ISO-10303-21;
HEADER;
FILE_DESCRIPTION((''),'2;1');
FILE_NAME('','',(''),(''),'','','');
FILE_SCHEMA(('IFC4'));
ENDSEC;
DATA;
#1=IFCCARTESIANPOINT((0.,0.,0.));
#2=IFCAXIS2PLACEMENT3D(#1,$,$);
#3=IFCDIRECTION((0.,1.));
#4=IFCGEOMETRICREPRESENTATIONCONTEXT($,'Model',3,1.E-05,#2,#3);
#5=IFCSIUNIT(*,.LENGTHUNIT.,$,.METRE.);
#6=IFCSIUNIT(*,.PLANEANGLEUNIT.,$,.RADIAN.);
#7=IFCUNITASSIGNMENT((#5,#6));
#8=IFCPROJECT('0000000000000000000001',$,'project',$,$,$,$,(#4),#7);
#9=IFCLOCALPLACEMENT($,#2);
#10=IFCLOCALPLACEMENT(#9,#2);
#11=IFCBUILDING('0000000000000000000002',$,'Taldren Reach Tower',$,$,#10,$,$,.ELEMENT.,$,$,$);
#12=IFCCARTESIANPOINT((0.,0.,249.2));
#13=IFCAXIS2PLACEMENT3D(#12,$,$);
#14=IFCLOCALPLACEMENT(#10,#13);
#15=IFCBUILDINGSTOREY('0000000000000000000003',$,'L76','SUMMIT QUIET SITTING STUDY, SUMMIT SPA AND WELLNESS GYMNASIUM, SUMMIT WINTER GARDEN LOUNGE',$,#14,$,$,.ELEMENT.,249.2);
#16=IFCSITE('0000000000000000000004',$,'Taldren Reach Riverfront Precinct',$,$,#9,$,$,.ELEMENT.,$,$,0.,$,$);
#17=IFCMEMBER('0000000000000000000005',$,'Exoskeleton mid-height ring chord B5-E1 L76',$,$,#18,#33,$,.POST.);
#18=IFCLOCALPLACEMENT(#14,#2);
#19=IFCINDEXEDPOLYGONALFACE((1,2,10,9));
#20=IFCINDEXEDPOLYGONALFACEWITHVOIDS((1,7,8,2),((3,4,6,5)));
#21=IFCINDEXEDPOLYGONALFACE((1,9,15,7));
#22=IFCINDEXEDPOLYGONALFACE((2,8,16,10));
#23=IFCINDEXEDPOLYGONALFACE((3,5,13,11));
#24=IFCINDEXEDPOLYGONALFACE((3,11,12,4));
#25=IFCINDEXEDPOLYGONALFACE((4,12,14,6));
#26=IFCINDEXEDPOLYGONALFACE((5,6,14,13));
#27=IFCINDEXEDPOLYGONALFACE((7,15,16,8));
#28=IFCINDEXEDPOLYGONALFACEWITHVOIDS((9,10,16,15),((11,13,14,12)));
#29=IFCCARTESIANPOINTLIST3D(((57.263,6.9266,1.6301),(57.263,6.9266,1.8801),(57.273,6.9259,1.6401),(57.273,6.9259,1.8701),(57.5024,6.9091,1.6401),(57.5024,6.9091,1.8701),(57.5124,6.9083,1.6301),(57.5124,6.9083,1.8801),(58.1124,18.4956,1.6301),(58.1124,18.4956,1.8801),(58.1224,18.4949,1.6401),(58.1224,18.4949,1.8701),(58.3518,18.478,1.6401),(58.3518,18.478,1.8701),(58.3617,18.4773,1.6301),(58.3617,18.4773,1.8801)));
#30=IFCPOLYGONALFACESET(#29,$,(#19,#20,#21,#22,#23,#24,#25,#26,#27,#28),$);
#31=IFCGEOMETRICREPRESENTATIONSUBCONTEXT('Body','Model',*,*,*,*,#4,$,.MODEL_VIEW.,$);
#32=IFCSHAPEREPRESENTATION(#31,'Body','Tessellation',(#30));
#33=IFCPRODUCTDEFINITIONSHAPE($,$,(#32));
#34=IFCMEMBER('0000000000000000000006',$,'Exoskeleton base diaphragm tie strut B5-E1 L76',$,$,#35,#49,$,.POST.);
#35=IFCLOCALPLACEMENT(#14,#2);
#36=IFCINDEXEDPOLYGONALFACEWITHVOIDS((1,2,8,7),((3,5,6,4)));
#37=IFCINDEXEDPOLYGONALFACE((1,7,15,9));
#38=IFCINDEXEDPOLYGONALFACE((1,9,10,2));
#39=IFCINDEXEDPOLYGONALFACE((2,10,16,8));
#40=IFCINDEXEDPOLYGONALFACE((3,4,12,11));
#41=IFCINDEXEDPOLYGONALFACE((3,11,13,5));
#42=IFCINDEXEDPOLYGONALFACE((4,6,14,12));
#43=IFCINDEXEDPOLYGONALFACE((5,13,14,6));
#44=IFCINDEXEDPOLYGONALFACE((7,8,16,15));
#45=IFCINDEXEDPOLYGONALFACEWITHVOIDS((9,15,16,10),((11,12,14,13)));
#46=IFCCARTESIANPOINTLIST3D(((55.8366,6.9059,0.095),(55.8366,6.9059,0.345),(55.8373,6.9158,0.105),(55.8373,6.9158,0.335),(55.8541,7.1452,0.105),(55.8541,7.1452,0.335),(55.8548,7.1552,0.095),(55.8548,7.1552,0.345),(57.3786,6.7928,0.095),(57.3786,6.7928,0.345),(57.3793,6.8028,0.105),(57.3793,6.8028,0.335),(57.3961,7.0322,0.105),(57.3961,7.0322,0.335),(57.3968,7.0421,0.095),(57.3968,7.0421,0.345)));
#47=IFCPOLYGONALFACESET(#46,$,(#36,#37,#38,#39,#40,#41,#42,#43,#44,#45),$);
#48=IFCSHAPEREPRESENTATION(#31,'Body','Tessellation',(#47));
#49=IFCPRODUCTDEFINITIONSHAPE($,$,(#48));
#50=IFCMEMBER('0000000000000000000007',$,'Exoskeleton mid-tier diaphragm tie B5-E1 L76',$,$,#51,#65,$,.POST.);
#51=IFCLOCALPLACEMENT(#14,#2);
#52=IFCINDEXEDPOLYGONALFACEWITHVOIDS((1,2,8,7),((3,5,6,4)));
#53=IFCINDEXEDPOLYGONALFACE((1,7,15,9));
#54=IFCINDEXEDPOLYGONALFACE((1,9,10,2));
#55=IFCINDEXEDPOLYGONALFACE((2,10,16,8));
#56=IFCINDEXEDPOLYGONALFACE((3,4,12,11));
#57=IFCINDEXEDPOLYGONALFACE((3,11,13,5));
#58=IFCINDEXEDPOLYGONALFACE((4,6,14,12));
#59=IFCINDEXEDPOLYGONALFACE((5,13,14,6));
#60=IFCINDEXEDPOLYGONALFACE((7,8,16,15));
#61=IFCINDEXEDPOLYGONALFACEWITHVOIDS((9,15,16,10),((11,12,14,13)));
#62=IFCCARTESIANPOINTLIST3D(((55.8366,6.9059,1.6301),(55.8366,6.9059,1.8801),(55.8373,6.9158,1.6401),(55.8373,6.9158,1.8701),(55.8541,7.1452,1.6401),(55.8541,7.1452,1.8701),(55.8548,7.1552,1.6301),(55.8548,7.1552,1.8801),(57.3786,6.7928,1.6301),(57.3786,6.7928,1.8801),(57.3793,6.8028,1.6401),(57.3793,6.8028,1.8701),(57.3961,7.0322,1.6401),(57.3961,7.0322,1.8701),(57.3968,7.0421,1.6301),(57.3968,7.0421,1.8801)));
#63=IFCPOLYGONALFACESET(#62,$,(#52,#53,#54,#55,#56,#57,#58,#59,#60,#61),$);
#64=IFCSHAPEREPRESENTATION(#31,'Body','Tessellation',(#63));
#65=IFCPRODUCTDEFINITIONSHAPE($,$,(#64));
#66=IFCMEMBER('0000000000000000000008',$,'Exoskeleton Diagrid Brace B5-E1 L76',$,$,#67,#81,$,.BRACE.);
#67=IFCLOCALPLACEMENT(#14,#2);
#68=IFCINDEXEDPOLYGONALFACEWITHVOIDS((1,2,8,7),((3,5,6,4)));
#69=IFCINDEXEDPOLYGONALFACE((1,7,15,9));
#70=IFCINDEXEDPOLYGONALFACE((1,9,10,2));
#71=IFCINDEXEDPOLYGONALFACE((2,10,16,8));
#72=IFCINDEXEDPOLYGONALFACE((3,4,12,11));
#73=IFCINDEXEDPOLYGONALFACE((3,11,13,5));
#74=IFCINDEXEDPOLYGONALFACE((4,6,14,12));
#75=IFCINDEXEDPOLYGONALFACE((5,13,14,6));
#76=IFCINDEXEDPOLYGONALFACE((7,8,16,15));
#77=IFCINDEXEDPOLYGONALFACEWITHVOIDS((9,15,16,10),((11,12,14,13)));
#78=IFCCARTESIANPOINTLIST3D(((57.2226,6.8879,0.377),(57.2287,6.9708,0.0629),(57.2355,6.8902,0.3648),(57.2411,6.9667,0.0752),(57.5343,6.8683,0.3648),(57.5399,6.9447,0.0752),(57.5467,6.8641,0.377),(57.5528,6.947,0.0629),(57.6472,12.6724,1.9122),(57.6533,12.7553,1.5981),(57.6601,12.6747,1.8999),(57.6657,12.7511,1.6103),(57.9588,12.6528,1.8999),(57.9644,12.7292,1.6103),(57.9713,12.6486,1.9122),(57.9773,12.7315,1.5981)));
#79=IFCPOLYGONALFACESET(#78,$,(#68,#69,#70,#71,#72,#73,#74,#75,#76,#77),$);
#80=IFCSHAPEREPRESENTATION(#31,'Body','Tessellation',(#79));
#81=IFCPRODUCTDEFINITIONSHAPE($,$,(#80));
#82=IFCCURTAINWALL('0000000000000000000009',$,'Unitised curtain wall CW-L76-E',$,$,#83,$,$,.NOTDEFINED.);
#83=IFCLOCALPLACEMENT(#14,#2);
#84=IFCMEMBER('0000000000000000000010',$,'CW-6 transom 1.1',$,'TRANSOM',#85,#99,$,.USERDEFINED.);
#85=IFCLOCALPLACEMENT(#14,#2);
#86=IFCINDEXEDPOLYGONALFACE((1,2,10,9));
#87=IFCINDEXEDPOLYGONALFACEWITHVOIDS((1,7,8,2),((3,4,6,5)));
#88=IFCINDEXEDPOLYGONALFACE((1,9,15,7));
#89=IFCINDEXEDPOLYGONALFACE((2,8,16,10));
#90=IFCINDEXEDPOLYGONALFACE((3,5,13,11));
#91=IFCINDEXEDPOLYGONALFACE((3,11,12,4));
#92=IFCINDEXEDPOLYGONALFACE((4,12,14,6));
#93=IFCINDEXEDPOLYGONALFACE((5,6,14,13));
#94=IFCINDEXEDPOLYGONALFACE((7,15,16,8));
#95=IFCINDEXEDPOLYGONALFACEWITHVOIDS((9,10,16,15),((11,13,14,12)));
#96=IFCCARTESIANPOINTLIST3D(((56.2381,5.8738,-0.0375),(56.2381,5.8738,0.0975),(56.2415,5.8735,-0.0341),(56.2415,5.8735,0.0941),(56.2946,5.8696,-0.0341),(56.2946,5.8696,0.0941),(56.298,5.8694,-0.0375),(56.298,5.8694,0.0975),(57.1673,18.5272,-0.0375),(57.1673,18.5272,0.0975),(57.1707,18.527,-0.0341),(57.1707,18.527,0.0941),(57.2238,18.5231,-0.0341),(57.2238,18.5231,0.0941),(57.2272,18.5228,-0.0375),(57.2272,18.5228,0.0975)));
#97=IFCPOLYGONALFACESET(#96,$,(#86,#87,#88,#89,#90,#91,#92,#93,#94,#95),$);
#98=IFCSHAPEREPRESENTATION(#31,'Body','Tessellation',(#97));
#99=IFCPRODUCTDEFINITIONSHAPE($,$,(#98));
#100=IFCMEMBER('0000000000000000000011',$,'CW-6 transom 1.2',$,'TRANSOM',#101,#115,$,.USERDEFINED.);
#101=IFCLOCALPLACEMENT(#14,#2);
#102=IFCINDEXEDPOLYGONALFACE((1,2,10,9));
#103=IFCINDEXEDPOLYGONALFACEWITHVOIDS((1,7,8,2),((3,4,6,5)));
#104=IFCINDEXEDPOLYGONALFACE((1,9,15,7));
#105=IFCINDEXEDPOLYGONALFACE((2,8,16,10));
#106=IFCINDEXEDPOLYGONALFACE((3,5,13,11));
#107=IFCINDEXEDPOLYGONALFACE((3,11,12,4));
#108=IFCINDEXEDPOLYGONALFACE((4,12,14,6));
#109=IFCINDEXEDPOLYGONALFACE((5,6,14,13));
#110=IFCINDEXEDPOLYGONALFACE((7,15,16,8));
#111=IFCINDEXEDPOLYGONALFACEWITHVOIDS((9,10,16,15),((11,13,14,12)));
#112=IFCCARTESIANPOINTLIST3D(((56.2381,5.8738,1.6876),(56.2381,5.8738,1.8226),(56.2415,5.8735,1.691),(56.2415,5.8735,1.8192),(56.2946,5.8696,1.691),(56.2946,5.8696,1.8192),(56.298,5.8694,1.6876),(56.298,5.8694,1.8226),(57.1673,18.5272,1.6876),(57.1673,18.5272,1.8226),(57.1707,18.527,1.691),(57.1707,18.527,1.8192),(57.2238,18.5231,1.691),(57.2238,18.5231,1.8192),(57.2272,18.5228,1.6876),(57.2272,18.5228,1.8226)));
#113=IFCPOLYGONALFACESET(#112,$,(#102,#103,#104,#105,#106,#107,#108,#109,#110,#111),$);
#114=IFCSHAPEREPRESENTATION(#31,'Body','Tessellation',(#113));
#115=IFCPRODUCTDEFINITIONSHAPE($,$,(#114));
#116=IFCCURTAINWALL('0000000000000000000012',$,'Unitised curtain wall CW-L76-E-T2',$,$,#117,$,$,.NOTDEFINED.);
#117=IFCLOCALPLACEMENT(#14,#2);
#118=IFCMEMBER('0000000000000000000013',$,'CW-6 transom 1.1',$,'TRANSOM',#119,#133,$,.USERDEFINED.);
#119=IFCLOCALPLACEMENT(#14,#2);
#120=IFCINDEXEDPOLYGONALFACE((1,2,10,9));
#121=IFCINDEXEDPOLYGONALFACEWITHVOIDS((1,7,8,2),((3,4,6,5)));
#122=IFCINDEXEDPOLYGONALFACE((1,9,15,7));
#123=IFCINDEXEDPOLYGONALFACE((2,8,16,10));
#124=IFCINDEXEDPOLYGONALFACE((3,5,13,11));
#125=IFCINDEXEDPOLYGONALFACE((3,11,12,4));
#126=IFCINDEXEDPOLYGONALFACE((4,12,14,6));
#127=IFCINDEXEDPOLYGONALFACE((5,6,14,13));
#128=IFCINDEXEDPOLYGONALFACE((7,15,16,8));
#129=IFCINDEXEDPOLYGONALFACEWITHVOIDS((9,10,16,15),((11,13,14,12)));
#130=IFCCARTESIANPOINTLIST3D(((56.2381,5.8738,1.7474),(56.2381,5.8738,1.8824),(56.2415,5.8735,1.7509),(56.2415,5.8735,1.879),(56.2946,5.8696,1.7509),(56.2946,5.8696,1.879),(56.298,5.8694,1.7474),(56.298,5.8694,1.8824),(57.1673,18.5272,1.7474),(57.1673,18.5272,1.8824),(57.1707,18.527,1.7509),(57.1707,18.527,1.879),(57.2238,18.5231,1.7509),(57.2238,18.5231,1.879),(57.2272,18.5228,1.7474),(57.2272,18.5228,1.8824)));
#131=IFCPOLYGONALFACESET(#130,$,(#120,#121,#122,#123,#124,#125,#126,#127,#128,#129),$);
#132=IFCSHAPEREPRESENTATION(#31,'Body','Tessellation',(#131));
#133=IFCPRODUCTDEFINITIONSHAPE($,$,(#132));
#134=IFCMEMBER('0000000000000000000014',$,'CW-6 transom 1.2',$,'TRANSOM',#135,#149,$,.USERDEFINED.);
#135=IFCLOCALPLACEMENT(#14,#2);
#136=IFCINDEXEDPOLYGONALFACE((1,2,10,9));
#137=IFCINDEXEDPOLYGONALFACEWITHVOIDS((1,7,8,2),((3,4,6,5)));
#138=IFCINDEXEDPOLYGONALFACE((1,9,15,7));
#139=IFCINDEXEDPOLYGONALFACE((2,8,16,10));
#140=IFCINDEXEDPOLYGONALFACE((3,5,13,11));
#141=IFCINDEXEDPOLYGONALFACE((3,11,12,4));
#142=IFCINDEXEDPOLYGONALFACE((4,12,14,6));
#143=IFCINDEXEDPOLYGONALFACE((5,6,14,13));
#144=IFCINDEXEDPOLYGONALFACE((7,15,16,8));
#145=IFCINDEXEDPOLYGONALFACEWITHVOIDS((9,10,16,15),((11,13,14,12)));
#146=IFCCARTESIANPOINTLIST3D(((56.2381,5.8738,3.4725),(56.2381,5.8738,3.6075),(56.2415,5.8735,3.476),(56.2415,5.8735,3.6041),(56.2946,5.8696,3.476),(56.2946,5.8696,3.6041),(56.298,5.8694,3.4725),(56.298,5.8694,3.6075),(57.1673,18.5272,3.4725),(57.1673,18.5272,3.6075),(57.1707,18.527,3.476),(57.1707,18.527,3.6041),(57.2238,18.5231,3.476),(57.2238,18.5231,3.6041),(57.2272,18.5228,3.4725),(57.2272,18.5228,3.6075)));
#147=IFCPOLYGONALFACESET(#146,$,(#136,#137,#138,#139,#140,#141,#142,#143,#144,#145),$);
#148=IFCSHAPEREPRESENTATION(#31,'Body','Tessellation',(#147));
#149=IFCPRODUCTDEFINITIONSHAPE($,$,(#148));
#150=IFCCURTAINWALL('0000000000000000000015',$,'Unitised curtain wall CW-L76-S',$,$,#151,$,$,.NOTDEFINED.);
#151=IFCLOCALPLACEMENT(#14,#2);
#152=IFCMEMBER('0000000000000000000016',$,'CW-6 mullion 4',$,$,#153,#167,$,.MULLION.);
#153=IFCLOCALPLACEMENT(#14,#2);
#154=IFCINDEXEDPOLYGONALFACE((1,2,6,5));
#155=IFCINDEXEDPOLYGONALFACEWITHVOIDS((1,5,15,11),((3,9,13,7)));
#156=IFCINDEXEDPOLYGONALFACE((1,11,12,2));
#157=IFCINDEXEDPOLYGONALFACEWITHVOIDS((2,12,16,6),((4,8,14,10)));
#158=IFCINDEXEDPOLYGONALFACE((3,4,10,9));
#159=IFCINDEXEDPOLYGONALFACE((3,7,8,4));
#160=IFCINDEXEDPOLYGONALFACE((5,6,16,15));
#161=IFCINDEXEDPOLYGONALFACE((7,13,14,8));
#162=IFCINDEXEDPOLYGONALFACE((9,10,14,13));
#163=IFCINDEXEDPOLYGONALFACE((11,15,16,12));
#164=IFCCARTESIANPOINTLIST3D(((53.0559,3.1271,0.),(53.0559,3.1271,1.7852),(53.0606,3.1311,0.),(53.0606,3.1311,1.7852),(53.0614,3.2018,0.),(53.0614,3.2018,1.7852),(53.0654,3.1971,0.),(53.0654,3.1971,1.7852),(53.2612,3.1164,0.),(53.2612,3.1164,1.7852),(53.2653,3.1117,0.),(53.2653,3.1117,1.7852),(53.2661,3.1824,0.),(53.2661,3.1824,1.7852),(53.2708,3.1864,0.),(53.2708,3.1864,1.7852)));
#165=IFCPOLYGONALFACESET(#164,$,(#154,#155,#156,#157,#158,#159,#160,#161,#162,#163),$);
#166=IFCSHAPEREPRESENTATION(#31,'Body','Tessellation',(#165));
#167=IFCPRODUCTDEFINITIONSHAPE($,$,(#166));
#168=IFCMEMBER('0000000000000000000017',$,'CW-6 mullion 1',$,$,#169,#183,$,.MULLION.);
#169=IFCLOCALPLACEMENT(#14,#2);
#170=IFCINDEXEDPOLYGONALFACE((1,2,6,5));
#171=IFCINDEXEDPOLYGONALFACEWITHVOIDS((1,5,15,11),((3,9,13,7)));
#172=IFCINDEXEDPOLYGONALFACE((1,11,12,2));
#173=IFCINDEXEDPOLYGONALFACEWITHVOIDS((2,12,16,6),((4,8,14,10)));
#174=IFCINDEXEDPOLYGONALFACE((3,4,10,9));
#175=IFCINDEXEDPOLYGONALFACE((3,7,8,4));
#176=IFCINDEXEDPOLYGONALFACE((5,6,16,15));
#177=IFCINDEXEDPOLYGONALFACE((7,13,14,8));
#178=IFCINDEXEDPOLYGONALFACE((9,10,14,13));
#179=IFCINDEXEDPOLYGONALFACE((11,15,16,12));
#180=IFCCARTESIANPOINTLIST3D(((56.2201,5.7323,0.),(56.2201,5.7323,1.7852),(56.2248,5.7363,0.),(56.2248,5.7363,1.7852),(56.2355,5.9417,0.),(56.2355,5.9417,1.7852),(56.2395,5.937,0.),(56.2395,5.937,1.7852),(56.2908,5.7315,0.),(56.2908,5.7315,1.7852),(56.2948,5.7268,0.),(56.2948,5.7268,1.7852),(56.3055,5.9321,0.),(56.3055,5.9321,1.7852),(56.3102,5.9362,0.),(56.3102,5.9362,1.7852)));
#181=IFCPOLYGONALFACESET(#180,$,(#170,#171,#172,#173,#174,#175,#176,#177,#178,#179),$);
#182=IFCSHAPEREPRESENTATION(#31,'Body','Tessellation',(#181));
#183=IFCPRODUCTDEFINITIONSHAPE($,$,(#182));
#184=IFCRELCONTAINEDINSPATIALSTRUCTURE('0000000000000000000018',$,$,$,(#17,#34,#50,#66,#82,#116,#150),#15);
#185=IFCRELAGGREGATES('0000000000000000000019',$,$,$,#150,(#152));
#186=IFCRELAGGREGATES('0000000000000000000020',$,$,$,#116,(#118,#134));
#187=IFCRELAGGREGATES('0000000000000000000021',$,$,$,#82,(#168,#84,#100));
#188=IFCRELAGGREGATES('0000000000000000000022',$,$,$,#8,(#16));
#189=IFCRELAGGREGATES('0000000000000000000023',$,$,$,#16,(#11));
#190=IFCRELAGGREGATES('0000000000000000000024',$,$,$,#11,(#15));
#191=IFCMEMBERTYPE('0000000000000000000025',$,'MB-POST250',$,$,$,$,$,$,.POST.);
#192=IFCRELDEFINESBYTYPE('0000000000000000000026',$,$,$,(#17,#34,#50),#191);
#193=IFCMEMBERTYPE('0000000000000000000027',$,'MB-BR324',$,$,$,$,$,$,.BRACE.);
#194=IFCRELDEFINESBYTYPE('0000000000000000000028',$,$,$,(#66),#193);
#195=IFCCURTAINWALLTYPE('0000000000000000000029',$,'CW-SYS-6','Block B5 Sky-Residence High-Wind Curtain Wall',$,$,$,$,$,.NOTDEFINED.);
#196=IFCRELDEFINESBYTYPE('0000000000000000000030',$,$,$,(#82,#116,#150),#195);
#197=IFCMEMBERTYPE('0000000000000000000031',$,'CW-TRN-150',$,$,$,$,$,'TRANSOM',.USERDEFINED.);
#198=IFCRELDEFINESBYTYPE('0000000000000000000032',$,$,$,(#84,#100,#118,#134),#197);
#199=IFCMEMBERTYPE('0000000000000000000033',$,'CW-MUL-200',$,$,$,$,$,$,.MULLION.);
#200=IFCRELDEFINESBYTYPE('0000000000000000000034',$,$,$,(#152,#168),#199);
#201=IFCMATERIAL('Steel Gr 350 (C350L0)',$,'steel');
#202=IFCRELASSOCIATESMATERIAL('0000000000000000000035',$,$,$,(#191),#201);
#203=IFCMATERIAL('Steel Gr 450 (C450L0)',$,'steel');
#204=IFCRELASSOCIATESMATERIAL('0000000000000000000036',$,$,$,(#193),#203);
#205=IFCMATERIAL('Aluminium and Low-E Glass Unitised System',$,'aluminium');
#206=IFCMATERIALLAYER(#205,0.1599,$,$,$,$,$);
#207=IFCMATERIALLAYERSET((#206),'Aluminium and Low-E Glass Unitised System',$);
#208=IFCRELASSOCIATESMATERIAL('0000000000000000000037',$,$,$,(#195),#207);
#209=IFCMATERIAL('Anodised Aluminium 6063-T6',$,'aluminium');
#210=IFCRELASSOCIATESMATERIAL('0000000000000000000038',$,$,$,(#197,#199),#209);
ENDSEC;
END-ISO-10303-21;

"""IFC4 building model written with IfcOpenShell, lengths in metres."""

from ifc_helpers import new_model, si_unit, direction, frame, origin, origin_2d, place, context, subcontext, project, spatial, hollow_rectangle, extrude, source, transform, mapped, material, layer, layer_set, material_profile, profile_set, type_object, element, aggregate, save


model = new_model("IFC4")

# Units and contexts
model_context = context("Model", 3, precision=1e-05, world=origin(), true_north=direction((0.0, 1.0)))
body_context = subcontext(model_context, "Body", "Model", "MODEL_VIEW")
ifc_project = project(units=[si_unit("LENGTHUNIT", "METRE"), si_unit("PLANEANGLEUNIT", "RADIAN")], contexts=[model_context])

# Site, building, storey
site_placement = place(None, origin())
site = spatial("IfcSite", under=ifc_project, at=site_placement, Name="Taldren Reach Riverfront Precinct", CompositionType="ELEMENT", RefElevation=0.0)
building_placement = place(site_placement, origin())
building = spatial("IfcBuilding", under=site, at=building_placement, Name="Taldren Reach Tower", CompositionType="ELEMENT")
storey_placement = place(building_placement, frame((0.0, 0.0, 249.2)))
storey = spatial("IfcBuildingStorey", under=building, at=storey_placement, Name="L76", Description="SUMMIT QUIET SITTING STUDY, SUMMIT SPA AND WELLNESS GYMNASIUM, SUMMIT WINTER GARDEN LOUNGE", CompositionType="ELEMENT", Elevation=249.2)

# Shared definitions
ifc_material_1 = material(Name="Steel Gr 350 (C350L0)", Category="steel")

# Shared definitions
ifc_material_profile_1 = material_profile(ifc_material_1, hollow_rectangle(XDim=0.25, YDim=0.25, WallThickness=0.01, at=origin_2d()), Name="250x250x10.0SHS")
ifc_profile_set_1 = profile_set([ifc_material_profile_1], Name="Steel Gr 350 (C350L0)")
member_type_1 = type_object("IfcMemberType", Name="MB-POST250", PredefinedType="POST", material=ifc_profile_set_1)
ifc_material_2 = material(Name="Steel Gr 450 (C450L0)", Category="steel")

# Members
shared_shape_1 = source(origin(), body_context, "Body", "SweptSolid", [
    extrude(hollow_rectangle(XDim=0.25, YDim=0.25, WallThickness=0.01, at=origin_2d()), origin(), (0.0, 0.0, 1.0), 11.6001),
])
member_1_placement = place(storey_placement, frame((57.3877, 6.9175, 1.7551), z_axis=(0.073221, 0.997316, 0.0), x_axis=(-0.997316, 0.073221, 0.0)))
element("IfcMember", 1, at=member_1_placement, inside=storey, type_object=member_type_1, Name="Exoskeleton mid-height ring chord B5-E1 L76", PredefinedType="POST", context=body_context, shape_type="MappedRepresentation", body=[
    mapped(shared_shape_1, transform((0.0, 0.0, 0.0), scale=1.0)),
])
shared_shape_2 = source(origin(), body_context, "Body", "SweptSolid", [
    extrude(hollow_rectangle(XDim=0.25, YDim=0.25, WallThickness=0.01, at=origin_2d()), origin(), (0.0, 0.0, 1.0), 1.5461),
])
for number, where, z_axis, x_axis, name in (
    (2, (55.8457, 7.0305, 0.22), (0.997324, -0.07311, 0.0), (0.07311, 0.997324, 0.0), "Exoskeleton base diaphragm tie strut B5-E1 L76"),
    (3, (55.8457, 7.0305, 1.7551), (0.997324, -0.07311, 0.0), (0.07311, 0.997324, 0.0), "Exoskeleton mid-tier diaphragm tie B5-E1 L76"),
):
    element("IfcMember", number, at=place(storey_placement, frame(where, z_axis=z_axis, x_axis=x_axis)), inside=storey, type_object=member_type_1, Name=name, PredefinedType="POST", context=body_context, shape_type="MappedRepresentation", body=[
        mapped(shared_shape_2, transform((0.0, 0.0, 0.0), scale=1.0)),
    ])
ifc_material_profile_2 = material_profile(ifc_material_2, hollow_rectangle(XDim=0.325, YDim=0.325, WallThickness=0.0127, at=origin_2d()), Name="325x325x12.7SHS")
ifc_profile_set_2 = profile_set([ifc_material_profile_2], Name="Steel Gr 450 (C450L0)")
member_type_2 = type_object("IfcMemberType", Name="MB-BR324", PredefinedType="BRACE", material=ifc_profile_set_2)
shared_shape_3 = source(origin(), body_context, "Body", "SweptSolid", [
    extrude(hollow_rectangle(XDim=0.325, YDim=0.325, WallThickness=0.0127, at=origin_2d()), origin(), (0.0, 0.0, 1.0), 5.9998),
])
member_2_placement = place(storey_placement, frame((57.3877, 6.9175, 0.22), z_axis=(0.070764, 0.964117, 0.255872), x_axis=(-0.997317, 0.0732, 0.0)))
element("IfcMember", 4, at=member_2_placement, inside=storey, type_object=member_type_2, Name="Exoskeleton Diagrid Brace B5-E1 L76", PredefinedType="BRACE", context=body_context, shape_type="MappedRepresentation", body=[
    mapped(shared_shape_3, transform((0.0, 0.0, 0.0), scale=1.0)),
])

# Curtain walls, members
ifc_material_3 = material(Name="Aluminium and Low-E Glass Unitised System", Category="aluminium")
ifc_layer_1 = layer(ifc_material_3, 0.1599)
ifc_layer_set_1 = layer_set([ifc_layer_1], Name="Aluminium and Low-E Glass Unitised System")
curtain_wall_type = type_object("IfcCurtainWallType", Name="CW-SYS-6", Description="Block B5 Sky-Residence High-Wind Curtain Wall", PredefinedType="NOTDEFINED", material=ifc_layer_set_1)
curtain_wall_1_placement = place(storey_placement, origin())
curtain_wall_1 = element("IfcCurtainWall", 5, at=curtain_wall_1_placement, inside=storey, type_object=curtain_wall_type, Name="Unitised curtain wall CW-L76-E", PredefinedType="NOTDEFINED")
ifc_material_4 = material(Name="Anodised Aluminium 6063-T6", Category="aluminium")
ifc_material_profile_3 = material_profile(ifc_material_4, hollow_rectangle(XDim=0.0601, YDim=0.135, WallThickness=0.0034, at=origin_2d()), Name="ALU-135x60x3.5RHS")
ifc_profile_set_3 = profile_set([ifc_material_profile_3], Name="Anodised Aluminium 6063-T6")
member_type_3 = type_object("IfcMemberType", Name="CW-TRN-150", ElementType="TRANSOM", PredefinedType="USERDEFINED", material=ifc_profile_set_3)
shared_shape_4 = source(origin(), body_context, "Body", "SweptSolid", [
    extrude(hollow_rectangle(XDim=0.0601, YDim=0.135, WallThickness=0.0034, at=origin_2d()), origin(), (0.0, 0.0, 1.0), 12.6875),
])
member_3_placement = place(storey_placement, frame((56.2681, 5.8716, 0.03), z_axis=(0.073238, 0.997314, 0.0), x_axis=(-0.997314, 0.073238, 0.0)))
member_3 = element("IfcMember", 6, at=member_3_placement, type_object=member_type_3, Name="CW-6 transom 1.1", ObjectType="TRANSOM", PredefinedType="USERDEFINED", context=body_context, shape_type="MappedRepresentation", body=[
    mapped(shared_shape_4, transform((0.0, 0.0, 0.0), scale=1.0)),
])
member_4_placement = place(storey_placement, frame((56.2681, 5.8716, 1.7551), z_axis=(0.073238, 0.997314, 0.0), x_axis=(-0.997314, 0.073238, 0.0)))
member_4 = element("IfcMember", 7, at=member_4_placement, type_object=member_type_3, Name="CW-6 transom 1.2", ObjectType="TRANSOM", PredefinedType="USERDEFINED", context=body_context, shape_type="MappedRepresentation", body=[
    mapped(shared_shape_4, transform((0.0, 0.0, 0.0), scale=1.0)),
])
curtain_wall_2_placement = place(storey_placement, origin())
curtain_wall_2 = element("IfcCurtainWall", 8, at=curtain_wall_2_placement, inside=storey, type_object=curtain_wall_type, Name="Unitised curtain wall CW-L76-E-T2", PredefinedType="NOTDEFINED")
member_5_placement = place(storey_placement, frame((56.2681, 5.8716, 1.8149), z_axis=(0.073238, 0.997314, 0.0), x_axis=(-0.997314, 0.073238, 0.0)))
member_5 = element("IfcMember", 9, at=member_5_placement, type_object=member_type_3, Name="CW-6 transom 1.1", ObjectType="TRANSOM", PredefinedType="USERDEFINED", context=body_context, shape_type="MappedRepresentation", body=[
    mapped(shared_shape_4, transform((0.0, 0.0, 0.0), scale=1.0)),
])
member_6_placement = place(storey_placement, frame((56.2681, 5.8716, 3.54), z_axis=(0.073238, 0.997314, 0.0), x_axis=(-0.997314, 0.073238, 0.0)))
member_6 = element("IfcMember", 10, at=member_6_placement, type_object=member_type_3, Name="CW-6 transom 1.2", ObjectType="TRANSOM", PredefinedType="USERDEFINED", context=body_context, shape_type="MappedRepresentation", body=[
    mapped(shared_shape_4, transform((0.0, 0.0, 0.0), scale=1.0)),
])

# Curtain wall, member
curtain_wall_3_placement = place(storey_placement, origin())
curtain_wall_3 = element("IfcCurtainWall", 11, at=curtain_wall_3_placement, inside=storey, type_object=curtain_wall_type, Name="Unitised curtain wall CW-L76-S", PredefinedType="NOTDEFINED")
ifc_material_profile_4 = material_profile(ifc_material_4, hollow_rectangle(XDim=0.075, YDim=0.21, WallThickness=0.0044, at=origin_2d()), Name="ALU-210x75x4.5RHS")
ifc_profile_set_4 = profile_set([ifc_material_profile_4], Name="Anodised Aluminium 6063-T6")
member_type_4 = type_object("IfcMemberType", Name="CW-MUL-200", PredefinedType="MULLION", material=ifc_profile_set_4)
shared_shape_5 = source(origin(), body_context, "Body", "SweptSolid", [
    extrude(hollow_rectangle(XDim=0.075, YDim=0.21, WallThickness=0.0044, at=origin_2d()), origin(), (0.0, 0.0, 1.0), 1.7852),
])
member_7_placement = place(storey_placement, frame((53.1633, 3.1567, 0.0), z_axis=(0.0, 0.0, 1.0), x_axis=(0.073238, 0.997314, 0.0)))
member_7 = element("IfcMember", 12, at=member_7_placement, type_object=member_type_4, Name="CW-6 mullion 4", PredefinedType="MULLION", context=body_context, shape_type="MappedRepresentation", body=[
    mapped(shared_shape_5, transform((0.0, 0.0, 0.0), scale=1.0)),
])
aggregate(curtain_wall_3, [member_7])

# Member
member_8_placement = place(storey_placement, frame((56.2651, 5.8342, 0.0), z_axis=(0.0, 0.0, 1.0), x_axis=(-0.997314, 0.073238, 0.0)))
member_8 = element("IfcMember", 13, at=member_8_placement, type_object=member_type_4, Name="CW-6 mullion 1", PredefinedType="MULLION", context=body_context, shape_type="MappedRepresentation", body=[
    mapped(shared_shape_5, transform((0.0, 0.0, 0.0), scale=1.0)),
])

aggregate(curtain_wall_2, [member_5, member_6])

aggregate(curtain_wall_1, [member_8, member_3, member_4])

save(model, "model.ifc")
